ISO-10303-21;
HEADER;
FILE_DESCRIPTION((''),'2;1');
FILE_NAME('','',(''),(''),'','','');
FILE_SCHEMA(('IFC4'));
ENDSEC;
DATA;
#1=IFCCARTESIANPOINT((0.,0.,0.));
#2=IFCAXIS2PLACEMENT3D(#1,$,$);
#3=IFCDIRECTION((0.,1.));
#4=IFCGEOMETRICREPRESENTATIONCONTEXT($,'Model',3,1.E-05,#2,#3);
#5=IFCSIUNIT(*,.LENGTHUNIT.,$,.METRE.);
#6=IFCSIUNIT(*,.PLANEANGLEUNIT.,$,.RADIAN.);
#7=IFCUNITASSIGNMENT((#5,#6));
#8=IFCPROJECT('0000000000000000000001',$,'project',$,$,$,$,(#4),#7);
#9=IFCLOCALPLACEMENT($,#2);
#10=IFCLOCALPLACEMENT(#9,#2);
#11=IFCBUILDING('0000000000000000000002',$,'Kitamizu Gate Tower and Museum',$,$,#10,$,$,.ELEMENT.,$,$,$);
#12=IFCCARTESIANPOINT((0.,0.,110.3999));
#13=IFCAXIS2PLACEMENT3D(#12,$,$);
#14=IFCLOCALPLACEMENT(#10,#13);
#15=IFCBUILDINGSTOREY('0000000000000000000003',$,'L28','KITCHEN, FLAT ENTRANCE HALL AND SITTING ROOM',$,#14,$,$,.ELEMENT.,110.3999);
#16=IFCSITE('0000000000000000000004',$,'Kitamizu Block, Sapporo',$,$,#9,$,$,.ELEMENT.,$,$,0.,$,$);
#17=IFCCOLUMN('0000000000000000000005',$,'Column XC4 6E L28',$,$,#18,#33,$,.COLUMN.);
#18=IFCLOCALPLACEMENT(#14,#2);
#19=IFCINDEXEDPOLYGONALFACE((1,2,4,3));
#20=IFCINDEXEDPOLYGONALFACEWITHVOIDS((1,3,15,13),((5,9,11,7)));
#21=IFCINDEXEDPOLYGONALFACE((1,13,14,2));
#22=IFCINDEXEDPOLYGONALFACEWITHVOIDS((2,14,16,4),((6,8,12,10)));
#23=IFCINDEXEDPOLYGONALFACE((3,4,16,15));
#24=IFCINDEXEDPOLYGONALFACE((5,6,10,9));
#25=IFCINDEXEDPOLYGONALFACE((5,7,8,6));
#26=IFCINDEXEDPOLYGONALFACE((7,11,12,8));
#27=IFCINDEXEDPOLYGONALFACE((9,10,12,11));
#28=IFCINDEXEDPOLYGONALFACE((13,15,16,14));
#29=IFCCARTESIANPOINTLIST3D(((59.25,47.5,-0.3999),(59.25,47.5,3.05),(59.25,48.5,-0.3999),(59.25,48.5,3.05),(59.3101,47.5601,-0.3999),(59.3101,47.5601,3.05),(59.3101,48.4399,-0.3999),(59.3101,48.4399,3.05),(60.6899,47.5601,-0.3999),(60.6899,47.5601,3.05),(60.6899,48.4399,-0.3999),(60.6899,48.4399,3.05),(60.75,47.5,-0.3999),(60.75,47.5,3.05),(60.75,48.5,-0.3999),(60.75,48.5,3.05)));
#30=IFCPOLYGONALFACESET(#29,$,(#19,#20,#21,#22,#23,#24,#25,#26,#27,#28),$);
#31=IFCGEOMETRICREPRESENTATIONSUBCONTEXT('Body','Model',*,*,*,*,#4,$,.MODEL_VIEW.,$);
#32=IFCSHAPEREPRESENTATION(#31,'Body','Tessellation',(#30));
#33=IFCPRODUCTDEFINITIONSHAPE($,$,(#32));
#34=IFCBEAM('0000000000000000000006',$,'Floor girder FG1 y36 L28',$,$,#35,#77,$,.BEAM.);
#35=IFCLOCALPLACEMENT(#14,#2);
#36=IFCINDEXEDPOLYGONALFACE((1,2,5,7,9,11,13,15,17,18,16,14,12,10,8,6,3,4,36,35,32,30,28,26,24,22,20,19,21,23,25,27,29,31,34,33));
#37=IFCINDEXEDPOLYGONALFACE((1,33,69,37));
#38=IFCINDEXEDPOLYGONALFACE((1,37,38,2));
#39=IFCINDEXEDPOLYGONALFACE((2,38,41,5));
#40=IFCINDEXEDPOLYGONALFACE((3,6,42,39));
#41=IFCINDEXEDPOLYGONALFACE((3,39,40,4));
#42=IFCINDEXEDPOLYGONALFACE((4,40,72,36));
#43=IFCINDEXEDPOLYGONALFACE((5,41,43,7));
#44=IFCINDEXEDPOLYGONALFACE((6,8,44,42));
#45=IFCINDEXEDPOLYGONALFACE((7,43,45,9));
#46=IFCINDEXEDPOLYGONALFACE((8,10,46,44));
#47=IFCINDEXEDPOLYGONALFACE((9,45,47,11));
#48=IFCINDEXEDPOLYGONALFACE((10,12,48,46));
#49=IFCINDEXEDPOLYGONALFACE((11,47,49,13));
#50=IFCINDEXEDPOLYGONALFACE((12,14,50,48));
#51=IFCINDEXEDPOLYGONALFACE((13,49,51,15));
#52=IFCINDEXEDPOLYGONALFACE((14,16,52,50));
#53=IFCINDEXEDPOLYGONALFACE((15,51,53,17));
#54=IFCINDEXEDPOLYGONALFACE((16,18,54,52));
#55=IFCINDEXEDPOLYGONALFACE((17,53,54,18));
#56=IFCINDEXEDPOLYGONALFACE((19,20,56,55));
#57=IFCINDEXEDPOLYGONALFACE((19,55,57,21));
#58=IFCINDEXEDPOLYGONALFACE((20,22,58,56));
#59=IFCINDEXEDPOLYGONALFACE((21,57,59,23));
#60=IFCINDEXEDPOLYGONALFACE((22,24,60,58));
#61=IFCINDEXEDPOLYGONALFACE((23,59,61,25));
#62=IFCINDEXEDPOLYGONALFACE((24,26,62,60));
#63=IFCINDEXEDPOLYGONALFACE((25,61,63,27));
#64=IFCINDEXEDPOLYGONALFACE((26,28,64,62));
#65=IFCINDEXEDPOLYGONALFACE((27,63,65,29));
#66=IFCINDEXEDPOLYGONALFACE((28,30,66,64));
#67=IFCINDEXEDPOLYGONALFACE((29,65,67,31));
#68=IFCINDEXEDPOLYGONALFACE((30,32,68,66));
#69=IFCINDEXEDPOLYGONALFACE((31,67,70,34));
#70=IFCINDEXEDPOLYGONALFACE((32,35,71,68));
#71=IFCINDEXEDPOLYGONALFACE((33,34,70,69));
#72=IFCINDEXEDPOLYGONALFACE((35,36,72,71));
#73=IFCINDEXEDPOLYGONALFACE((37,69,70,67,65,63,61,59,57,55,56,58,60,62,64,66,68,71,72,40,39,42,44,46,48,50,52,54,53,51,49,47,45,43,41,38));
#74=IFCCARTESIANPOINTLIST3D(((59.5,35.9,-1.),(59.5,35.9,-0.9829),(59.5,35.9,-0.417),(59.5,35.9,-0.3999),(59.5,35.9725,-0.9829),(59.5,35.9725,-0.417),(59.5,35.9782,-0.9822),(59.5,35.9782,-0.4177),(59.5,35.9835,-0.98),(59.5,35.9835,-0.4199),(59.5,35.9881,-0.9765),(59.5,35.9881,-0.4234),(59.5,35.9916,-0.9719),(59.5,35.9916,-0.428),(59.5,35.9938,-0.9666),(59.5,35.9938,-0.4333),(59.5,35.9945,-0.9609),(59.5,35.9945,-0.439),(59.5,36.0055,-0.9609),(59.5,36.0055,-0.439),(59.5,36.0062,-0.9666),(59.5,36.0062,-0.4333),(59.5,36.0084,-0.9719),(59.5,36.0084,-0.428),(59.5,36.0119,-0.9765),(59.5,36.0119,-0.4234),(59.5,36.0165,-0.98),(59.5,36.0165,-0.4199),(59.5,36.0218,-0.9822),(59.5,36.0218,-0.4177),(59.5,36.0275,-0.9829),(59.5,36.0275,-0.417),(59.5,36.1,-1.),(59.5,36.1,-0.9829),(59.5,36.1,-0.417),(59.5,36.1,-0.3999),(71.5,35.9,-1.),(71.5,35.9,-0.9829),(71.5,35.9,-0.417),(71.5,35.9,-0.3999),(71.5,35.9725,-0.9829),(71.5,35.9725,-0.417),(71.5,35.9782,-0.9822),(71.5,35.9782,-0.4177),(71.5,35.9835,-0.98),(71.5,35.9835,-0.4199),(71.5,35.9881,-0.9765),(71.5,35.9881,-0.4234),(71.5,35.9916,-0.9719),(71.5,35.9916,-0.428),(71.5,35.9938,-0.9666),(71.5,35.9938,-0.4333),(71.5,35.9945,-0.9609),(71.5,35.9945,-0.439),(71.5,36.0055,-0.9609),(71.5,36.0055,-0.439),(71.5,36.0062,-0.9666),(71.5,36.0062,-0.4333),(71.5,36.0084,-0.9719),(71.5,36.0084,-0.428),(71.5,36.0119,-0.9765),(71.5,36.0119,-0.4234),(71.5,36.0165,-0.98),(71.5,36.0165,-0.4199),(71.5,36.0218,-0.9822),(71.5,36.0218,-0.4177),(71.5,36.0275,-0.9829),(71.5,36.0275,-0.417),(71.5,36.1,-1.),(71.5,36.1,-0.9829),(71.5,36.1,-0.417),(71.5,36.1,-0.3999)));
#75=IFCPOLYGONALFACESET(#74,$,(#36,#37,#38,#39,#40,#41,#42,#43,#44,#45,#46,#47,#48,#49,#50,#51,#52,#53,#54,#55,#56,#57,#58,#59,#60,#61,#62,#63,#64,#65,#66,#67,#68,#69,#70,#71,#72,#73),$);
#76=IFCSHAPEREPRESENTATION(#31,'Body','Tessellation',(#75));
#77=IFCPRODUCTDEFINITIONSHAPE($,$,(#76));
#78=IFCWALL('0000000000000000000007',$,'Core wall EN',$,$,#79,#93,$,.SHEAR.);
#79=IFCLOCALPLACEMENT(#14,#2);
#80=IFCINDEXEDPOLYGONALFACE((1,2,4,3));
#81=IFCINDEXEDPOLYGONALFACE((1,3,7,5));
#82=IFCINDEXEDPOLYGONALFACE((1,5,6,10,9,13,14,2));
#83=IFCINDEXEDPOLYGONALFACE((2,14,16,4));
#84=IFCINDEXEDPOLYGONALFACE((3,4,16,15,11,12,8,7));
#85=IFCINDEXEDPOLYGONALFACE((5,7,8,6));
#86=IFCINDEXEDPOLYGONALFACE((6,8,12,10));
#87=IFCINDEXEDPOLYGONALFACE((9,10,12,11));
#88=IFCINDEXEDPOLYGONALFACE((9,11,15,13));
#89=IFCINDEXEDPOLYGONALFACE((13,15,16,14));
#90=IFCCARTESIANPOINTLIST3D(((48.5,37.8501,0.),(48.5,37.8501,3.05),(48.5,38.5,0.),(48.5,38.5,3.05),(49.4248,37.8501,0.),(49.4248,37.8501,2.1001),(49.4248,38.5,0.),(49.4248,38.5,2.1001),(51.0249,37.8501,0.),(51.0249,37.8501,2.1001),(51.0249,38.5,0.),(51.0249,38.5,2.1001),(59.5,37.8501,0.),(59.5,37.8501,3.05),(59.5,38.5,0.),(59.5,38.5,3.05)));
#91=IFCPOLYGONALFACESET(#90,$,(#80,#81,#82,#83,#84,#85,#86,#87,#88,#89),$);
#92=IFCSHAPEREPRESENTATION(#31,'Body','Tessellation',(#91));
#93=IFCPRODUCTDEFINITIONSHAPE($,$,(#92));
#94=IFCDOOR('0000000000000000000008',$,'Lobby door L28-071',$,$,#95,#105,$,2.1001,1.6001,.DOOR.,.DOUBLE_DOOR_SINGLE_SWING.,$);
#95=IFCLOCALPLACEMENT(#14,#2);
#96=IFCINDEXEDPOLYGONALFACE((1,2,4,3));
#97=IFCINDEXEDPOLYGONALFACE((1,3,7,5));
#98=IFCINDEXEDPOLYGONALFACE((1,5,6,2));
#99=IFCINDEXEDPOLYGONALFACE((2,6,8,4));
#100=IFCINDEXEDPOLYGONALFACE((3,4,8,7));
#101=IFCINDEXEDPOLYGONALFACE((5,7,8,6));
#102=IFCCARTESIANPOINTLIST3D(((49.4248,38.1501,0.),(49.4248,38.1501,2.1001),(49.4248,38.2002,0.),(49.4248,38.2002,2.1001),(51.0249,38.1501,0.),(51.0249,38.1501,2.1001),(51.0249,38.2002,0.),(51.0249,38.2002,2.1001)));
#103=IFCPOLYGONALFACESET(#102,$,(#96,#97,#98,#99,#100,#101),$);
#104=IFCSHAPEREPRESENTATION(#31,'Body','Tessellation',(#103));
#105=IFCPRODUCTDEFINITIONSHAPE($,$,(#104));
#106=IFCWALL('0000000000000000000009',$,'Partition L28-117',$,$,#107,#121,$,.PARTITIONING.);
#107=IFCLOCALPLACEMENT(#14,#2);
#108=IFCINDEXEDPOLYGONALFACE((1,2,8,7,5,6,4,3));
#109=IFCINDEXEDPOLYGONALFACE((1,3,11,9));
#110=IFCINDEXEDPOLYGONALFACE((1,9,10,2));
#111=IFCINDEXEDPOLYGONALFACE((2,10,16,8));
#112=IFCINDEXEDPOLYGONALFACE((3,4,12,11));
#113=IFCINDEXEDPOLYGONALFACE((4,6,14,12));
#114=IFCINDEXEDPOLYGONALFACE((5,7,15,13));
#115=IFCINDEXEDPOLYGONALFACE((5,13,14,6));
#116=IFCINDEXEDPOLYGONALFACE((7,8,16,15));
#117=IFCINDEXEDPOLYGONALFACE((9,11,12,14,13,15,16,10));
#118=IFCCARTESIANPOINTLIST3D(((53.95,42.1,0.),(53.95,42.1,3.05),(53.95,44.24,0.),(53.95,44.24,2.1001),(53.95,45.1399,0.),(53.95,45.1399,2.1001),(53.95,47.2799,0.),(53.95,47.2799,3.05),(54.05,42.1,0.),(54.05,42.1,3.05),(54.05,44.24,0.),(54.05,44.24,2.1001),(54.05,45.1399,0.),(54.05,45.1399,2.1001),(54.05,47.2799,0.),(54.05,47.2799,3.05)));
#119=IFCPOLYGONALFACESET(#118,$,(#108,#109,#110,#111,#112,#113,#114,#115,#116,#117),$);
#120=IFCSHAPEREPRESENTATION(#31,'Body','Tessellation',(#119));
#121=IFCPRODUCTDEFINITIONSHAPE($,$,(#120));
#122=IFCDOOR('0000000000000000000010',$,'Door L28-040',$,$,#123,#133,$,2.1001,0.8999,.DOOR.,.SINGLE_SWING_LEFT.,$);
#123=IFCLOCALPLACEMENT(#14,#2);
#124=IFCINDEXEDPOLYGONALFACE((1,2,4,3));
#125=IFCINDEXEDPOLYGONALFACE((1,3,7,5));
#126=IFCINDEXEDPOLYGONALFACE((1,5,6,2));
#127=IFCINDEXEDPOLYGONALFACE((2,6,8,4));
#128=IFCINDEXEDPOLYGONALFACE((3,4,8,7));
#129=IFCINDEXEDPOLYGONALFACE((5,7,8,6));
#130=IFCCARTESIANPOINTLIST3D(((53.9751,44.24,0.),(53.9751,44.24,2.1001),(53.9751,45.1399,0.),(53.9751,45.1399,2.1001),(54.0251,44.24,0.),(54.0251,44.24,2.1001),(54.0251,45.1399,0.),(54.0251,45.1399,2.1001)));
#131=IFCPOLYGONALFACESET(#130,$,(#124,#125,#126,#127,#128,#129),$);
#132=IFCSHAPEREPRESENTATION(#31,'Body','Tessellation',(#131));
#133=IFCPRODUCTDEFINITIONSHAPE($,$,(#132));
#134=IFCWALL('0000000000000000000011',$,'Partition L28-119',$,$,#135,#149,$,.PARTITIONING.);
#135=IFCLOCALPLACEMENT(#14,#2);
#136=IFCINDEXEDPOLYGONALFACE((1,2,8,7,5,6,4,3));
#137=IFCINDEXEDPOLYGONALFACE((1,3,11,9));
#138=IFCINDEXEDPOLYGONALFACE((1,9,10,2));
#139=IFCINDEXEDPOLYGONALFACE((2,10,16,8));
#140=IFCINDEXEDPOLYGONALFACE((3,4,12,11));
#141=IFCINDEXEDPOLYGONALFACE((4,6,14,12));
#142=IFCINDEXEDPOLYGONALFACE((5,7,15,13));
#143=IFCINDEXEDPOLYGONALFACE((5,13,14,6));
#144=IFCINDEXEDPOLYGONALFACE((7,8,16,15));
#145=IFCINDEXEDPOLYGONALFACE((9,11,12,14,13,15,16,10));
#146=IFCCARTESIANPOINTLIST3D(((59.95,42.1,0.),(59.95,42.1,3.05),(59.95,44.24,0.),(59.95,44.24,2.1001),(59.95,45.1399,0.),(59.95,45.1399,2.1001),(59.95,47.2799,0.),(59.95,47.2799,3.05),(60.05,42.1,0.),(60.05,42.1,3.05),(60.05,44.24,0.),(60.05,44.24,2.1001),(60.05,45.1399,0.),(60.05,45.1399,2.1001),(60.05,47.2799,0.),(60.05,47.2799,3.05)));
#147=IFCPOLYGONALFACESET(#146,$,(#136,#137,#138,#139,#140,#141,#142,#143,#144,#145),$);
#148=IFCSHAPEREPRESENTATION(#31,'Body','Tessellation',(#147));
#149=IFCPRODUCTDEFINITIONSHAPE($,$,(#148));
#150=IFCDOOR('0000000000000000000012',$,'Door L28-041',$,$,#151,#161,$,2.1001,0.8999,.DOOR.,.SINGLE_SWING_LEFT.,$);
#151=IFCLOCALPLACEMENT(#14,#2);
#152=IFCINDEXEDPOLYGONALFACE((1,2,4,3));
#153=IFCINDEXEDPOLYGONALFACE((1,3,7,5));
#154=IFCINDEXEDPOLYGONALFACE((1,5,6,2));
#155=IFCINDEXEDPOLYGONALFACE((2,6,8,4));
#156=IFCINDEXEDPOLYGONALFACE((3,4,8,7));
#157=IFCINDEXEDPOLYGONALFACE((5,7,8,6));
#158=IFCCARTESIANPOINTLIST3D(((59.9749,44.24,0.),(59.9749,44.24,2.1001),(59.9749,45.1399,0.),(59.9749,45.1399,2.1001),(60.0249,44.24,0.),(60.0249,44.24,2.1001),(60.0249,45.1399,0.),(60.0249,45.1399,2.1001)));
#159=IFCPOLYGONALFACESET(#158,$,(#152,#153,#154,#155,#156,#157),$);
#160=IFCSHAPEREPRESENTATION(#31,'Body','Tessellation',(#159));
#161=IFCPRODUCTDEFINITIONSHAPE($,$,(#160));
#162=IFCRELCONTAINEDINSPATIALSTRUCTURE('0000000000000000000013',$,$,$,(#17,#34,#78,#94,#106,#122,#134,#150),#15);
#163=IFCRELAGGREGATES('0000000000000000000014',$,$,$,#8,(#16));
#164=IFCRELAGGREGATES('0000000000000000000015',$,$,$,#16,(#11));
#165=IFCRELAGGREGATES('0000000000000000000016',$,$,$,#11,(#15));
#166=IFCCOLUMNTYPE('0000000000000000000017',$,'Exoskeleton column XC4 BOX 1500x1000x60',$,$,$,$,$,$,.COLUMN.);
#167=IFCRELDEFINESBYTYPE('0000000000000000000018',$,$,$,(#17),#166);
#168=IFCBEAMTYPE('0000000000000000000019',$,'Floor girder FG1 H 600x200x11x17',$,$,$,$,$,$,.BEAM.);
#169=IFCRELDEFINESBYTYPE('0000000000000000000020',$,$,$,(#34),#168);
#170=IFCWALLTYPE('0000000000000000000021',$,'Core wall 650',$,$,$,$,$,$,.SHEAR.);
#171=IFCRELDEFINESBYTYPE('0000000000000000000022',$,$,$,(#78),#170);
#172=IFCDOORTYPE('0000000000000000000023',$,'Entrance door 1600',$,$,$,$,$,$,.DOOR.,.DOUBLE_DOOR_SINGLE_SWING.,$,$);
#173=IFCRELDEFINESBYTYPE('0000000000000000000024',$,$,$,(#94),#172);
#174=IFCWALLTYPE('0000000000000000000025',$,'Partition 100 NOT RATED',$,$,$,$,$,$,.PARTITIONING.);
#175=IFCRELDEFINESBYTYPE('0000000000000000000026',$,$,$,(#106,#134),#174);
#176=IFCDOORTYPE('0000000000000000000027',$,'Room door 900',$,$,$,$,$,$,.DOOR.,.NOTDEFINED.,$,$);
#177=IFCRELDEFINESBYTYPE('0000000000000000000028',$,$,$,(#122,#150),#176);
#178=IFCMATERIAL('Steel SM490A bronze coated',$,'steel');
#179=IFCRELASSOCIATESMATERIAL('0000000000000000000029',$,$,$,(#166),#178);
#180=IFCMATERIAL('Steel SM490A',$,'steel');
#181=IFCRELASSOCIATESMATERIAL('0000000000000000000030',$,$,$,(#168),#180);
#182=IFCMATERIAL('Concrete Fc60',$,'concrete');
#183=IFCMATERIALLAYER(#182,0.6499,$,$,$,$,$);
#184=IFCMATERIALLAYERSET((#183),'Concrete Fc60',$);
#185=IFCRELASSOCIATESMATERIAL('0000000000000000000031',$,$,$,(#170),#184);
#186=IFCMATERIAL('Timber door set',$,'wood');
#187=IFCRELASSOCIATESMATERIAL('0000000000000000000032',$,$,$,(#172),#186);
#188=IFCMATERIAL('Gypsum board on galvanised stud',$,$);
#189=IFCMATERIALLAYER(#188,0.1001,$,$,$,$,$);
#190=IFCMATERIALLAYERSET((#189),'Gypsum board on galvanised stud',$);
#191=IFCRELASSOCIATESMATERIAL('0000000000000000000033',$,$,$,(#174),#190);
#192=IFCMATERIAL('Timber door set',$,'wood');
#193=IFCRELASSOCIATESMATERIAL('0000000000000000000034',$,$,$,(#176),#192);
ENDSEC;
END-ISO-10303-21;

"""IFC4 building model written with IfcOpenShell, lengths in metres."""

from ifc_helpers import new_model, si_unit, direction, frame, frame_2d, origin, origin_2d, place, context, subcontext, project, spatial, rectangle, hollow_rectangle, i_section, extrude, material, layer, layer_set, material_profile, profile_set, type_object, element, fill, save


model = new_model("IFC4")

# Units and contexts
model_context = context("Model", 3, precision=1e-05, world=origin(), true_north=direction((0.0, 1.0)))
body_context = subcontext(model_context, "Body", "Model", "MODEL_VIEW")
ifc_project = project(units=[si_unit("LENGTHUNIT", "METRE"), si_unit("PLANEANGLEUNIT", "RADIAN")], contexts=[model_context])

# Site, building, storey
site_placement = place(None, origin())
site = spatial("IfcSite", under=ifc_project, at=site_placement, Name="Kitamizu Block, Sapporo", CompositionType="ELEMENT", RefElevation=0.0)
building_placement = place(site_placement, origin())
building = spatial("IfcBuilding", under=site, at=building_placement, Name="Kitamizu Gate Tower and Museum", CompositionType="ELEMENT")
storey_placement = place(building_placement, frame((0.0, 0.0, 110.3999)))
storey = spatial("IfcBuildingStorey", under=building, at=storey_placement, Name="L28", Description="KITCHEN, FLAT ENTRANCE HALL AND SITTING ROOM", CompositionType="ELEMENT", Elevation=110.3999)

# Column
ifc_material_1 = material(Name="Steel SM490A bronze coated", Category="steel")
ifc_material_profile_1 = material_profile(ifc_material_1, hollow_rectangle(XDim=1.5, YDim=1.0, WallThickness=0.0601, at=origin_2d()), Name="BOX 1500x1000x60")
ifc_profile_set_1 = profile_set([ifc_material_profile_1], Name="Steel SM490A bronze coated")
column_type = type_object("IfcColumnType", Name="Exoskeleton column XC4 BOX 1500x1000x60", PredefinedType="COLUMN", material=ifc_profile_set_1)
column_placement = place(storey_placement, frame((60.0, 48.0, -0.3999), z_axis=(0.0, 0.0, 1.0), x_axis=(1.0, 0.0, 0.0)))
element("IfcColumn", 1, at=column_placement, inside=storey, type_object=column_type, Name="Column XC4 6E L28", PredefinedType="COLUMN", context=body_context, shape_type="SweptSolid", body=[
    extrude(hollow_rectangle(XDim=1.5, YDim=1.0, WallThickness=0.0601, at=origin_2d()), origin(), (0.0, 0.0, 1.0), 3.45),
])

# Beam
ifc_material_2 = material(Name="Steel SM490A", Category="steel")
ifc_material_profile_2 = material_profile(ifc_material_2, i_section(OverallWidth=0.2, OverallDepth=0.6001, WebThickness=0.011, FlangeThickness=0.0171, FilletRadius=0.022, at=origin_2d()), Name="H-600x200x11x17")
ifc_profile_set_2 = profile_set([ifc_material_profile_2], Name="Steel SM490A")
beam_type = type_object("IfcBeamType", Name="Floor girder FG1 H 600x200x11x17", PredefinedType="BEAM", material=ifc_profile_set_2)
beam_placement = place(storey_placement, frame((59.5, 36.0, -0.7), z_axis=(1.0, 0.0, 0.0), x_axis=(0.0, 1.0, 0.0)))
element("IfcBeam", 2, at=beam_placement, inside=storey, type_object=beam_type, Name="Floor girder FG1 y36 L28", PredefinedType="BEAM", context=body_context, shape_type="SweptSolid", body=[
    extrude(i_section(OverallWidth=0.2, OverallDepth=0.6001, WebThickness=0.011, FlangeThickness=0.0171, FilletRadius=0.022, at=origin_2d()), origin(), (0.0, 0.0, 1.0), 12.0),
])

# Walls, openings, doors
ifc_material_3 = material(Name="Concrete Fc60", Category="concrete")
ifc_layer_1 = layer(ifc_material_3, 0.6499)
ifc_layer_set_1 = layer_set([ifc_layer_1], Name="Concrete Fc60")
wall_type_1 = type_object("IfcWallType", Name="Core wall 650", PredefinedType="SHEAR", material=ifc_layer_set_1)
wall_1_placement = place(storey_placement, frame((59.5, 38.175, 0.0), z_axis=(0.0, 0.0, 1.0), x_axis=(-1.0, 0.0, 0.0)))
wall_1 = element("IfcWall", 3, at=wall_1_placement, inside=storey, type_object=wall_type_1, Name="Core wall EN", PredefinedType="SHEAR", context=body_context, shape_type="SweptSolid", body=[
    extrude(rectangle(XDim=11.0, YDim=0.6499, at=frame_2d((5.5, 0.0))), origin(), (0.0, 0.0, 1.0), 3.05),
])
opening_1_placement = place(wall_1_placement, frame((8.4751, 0.0, 0.0)))
opening_1 = element("IfcOpeningElement", 4, at=opening_1_placement, cuts=wall_1, PredefinedType="OPENING", context=body_context, shape_type="SweptSolid", body=[
    extrude(rectangle(XDim=1.6001, YDim=2.1001, at=frame_2d((0.8, 1.05))), frame((0.0, 0.335, 0.0), z_axis=(0.0, -1.0, 0.0), x_axis=(1.0, 0.0, 0.0)), (0.0, 0.0, 1.0), 0.6699),
])
ifc_material_4 = material(Name="Timber door set", Category="wood")
door_type_1 = type_object("IfcDoorType", Name="Entrance door 1600", OperationType="DOUBLE_DOOR_SINGLE_SWING", PredefinedType="DOOR", material=ifc_material_4)
door_1_placement = place(opening_1_placement, origin())
door_1 = element("IfcDoor", 5, at=door_1_placement, inside=storey, type_object=door_type_1, Name="Lobby door L28-071", OperationType="DOUBLE_DOOR_SINGLE_SWING", OverallHeight=2.1001, OverallWidth=1.6001, PredefinedType="DOOR", context=body_context, shape_type="SweptSolid", body=[
    extrude(rectangle(XDim=1.6001, YDim=2.1001, at=frame_2d((0.8, 1.05))), frame((0.0, 0.0249, 0.0), z_axis=(0.0, -1.0, 0.0), x_axis=(1.0, 0.0, 0.0)), (0.0, 0.0, 1.0), 0.05),
])
fill(opening_1, door_1)
ifc_material_5 = material(Name="Gypsum board on galvanised stud")
ifc_layer_2 = layer(ifc_material_5, 0.1001)
ifc_layer_set_2 = layer_set([ifc_layer_2], Name="Gypsum board on galvanised stud")
wall_type_2 = type_object("IfcWallType", Name="Partition 100 NOT RATED", PredefinedType="PARTITIONING", material=ifc_layer_set_2)
wall_2_placement = place(storey_placement, frame((54.0, 42.1001, 0.0), z_axis=(0.0, 0.0, 1.0), x_axis=(0.0, 1.0, 0.0)))
wall_2 = element("IfcWall", 6, at=wall_2_placement, inside=storey, type_object=wall_type_2, Name="Partition L28-117", PredefinedType="PARTITIONING", context=body_context, shape_type="SweptSolid", body=[
    extrude(rectangle(XDim=5.1799, YDim=0.1001, at=frame_2d((2.5898, 0.0))), origin(), (0.0, 0.0, 1.0), 3.05),
])
opening_2_placement = place(wall_2_placement, frame((2.1399, 0.0, 0.0)))
opening_2 = element("IfcOpeningElement", 7, at=opening_2_placement, cuts=wall_2, PredefinedType="OPENING", context=body_context, shape_type="SweptSolid", body=[
    extrude(rectangle(XDim=0.8999, YDim=2.1001, at=frame_2d((0.45, 1.05))), frame((0.0, 0.0601, 0.0), z_axis=(0.0, -1.0, 0.0), x_axis=(1.0, 0.0, 0.0)), (0.0, 0.0, 1.0), 0.1201),
])
ifc_material_6 = material(Name="Timber door set", Category="wood")
door_type_2 = type_object("IfcDoorType", Name="Room door 900", OperationType="NOTDEFINED", PredefinedType="DOOR", material=ifc_material_6)
door_2_placement = place(opening_2_placement, origin())
door_2 = element("IfcDoor", 8, at=door_2_placement, inside=storey, type_object=door_type_2, Name="Door L28-040", OperationType="SINGLE_SWING_LEFT", OverallHeight=2.1001, OverallWidth=0.8999, PredefinedType="DOOR", context=body_context, shape_type="SweptSolid", body=[
    extrude(rectangle(XDim=0.8999, YDim=2.1001, at=frame_2d((0.45, 1.05))), frame((0.0, 0.0249, 0.0), z_axis=(0.0, -1.0, 0.0), x_axis=(1.0, 0.0, 0.0)), (0.0, 0.0, 1.0), 0.05),
])
fill(opening_2, door_2)
wall_3_placement = place(storey_placement, frame((60.0, 42.1001, 0.0), z_axis=(0.0, 0.0, 1.0), x_axis=(0.0, 1.0, 0.0)))
wall_3 = element("IfcWall", 9, at=wall_3_placement, inside=storey, type_object=wall_type_2, Name="Partition L28-119", PredefinedType="PARTITIONING", context=body_context, shape_type="SweptSolid", body=[
    extrude(rectangle(XDim=5.1799, YDim=0.1001, at=frame_2d((2.5898, 0.0))), origin(), (0.0, 0.0, 1.0), 3.05),
])
opening_3_placement = place(wall_3_placement, frame((2.1399, 0.0, 0.0)))
opening_3 = element("IfcOpeningElement", 10, at=opening_3_placement, cuts=wall_3, PredefinedType="OPENING", context=body_context, shape_type="SweptSolid", body=[
    extrude(rectangle(XDim=0.8999, YDim=2.1001, at=frame_2d((0.45, 1.05))), frame((0.0, 0.0601, 0.0), z_axis=(0.0, -1.0, 0.0), x_axis=(1.0, 0.0, 0.0)), (0.0, 0.0, 1.0), 0.1201),
])
door_3_placement = place(opening_3_placement, frame((0.8999, 0.0, 0.0), x_axis=(-1.0, 0.0, 0.0)))
door_3 = element("IfcDoor", 11, at=door_3_placement, inside=storey, type_object=door_type_2, Name="Door L28-041", OperationType="SINGLE_SWING_LEFT", OverallHeight=2.1001, OverallWidth=0.8999, PredefinedType="DOOR", context=body_context, shape_type="SweptSolid", body=[
    extrude(rectangle(XDim=0.8999, YDim=2.1001, at=frame_2d((0.45, 1.05))), frame((0.0, 0.0249, 0.0), z_axis=(0.0, -1.0, 0.0), x_axis=(1.0, 0.0, 0.0)), (0.0, 0.0, 1.0), 0.05),
])
fill(opening_3, door_3)

save(model, "model.ifc")
